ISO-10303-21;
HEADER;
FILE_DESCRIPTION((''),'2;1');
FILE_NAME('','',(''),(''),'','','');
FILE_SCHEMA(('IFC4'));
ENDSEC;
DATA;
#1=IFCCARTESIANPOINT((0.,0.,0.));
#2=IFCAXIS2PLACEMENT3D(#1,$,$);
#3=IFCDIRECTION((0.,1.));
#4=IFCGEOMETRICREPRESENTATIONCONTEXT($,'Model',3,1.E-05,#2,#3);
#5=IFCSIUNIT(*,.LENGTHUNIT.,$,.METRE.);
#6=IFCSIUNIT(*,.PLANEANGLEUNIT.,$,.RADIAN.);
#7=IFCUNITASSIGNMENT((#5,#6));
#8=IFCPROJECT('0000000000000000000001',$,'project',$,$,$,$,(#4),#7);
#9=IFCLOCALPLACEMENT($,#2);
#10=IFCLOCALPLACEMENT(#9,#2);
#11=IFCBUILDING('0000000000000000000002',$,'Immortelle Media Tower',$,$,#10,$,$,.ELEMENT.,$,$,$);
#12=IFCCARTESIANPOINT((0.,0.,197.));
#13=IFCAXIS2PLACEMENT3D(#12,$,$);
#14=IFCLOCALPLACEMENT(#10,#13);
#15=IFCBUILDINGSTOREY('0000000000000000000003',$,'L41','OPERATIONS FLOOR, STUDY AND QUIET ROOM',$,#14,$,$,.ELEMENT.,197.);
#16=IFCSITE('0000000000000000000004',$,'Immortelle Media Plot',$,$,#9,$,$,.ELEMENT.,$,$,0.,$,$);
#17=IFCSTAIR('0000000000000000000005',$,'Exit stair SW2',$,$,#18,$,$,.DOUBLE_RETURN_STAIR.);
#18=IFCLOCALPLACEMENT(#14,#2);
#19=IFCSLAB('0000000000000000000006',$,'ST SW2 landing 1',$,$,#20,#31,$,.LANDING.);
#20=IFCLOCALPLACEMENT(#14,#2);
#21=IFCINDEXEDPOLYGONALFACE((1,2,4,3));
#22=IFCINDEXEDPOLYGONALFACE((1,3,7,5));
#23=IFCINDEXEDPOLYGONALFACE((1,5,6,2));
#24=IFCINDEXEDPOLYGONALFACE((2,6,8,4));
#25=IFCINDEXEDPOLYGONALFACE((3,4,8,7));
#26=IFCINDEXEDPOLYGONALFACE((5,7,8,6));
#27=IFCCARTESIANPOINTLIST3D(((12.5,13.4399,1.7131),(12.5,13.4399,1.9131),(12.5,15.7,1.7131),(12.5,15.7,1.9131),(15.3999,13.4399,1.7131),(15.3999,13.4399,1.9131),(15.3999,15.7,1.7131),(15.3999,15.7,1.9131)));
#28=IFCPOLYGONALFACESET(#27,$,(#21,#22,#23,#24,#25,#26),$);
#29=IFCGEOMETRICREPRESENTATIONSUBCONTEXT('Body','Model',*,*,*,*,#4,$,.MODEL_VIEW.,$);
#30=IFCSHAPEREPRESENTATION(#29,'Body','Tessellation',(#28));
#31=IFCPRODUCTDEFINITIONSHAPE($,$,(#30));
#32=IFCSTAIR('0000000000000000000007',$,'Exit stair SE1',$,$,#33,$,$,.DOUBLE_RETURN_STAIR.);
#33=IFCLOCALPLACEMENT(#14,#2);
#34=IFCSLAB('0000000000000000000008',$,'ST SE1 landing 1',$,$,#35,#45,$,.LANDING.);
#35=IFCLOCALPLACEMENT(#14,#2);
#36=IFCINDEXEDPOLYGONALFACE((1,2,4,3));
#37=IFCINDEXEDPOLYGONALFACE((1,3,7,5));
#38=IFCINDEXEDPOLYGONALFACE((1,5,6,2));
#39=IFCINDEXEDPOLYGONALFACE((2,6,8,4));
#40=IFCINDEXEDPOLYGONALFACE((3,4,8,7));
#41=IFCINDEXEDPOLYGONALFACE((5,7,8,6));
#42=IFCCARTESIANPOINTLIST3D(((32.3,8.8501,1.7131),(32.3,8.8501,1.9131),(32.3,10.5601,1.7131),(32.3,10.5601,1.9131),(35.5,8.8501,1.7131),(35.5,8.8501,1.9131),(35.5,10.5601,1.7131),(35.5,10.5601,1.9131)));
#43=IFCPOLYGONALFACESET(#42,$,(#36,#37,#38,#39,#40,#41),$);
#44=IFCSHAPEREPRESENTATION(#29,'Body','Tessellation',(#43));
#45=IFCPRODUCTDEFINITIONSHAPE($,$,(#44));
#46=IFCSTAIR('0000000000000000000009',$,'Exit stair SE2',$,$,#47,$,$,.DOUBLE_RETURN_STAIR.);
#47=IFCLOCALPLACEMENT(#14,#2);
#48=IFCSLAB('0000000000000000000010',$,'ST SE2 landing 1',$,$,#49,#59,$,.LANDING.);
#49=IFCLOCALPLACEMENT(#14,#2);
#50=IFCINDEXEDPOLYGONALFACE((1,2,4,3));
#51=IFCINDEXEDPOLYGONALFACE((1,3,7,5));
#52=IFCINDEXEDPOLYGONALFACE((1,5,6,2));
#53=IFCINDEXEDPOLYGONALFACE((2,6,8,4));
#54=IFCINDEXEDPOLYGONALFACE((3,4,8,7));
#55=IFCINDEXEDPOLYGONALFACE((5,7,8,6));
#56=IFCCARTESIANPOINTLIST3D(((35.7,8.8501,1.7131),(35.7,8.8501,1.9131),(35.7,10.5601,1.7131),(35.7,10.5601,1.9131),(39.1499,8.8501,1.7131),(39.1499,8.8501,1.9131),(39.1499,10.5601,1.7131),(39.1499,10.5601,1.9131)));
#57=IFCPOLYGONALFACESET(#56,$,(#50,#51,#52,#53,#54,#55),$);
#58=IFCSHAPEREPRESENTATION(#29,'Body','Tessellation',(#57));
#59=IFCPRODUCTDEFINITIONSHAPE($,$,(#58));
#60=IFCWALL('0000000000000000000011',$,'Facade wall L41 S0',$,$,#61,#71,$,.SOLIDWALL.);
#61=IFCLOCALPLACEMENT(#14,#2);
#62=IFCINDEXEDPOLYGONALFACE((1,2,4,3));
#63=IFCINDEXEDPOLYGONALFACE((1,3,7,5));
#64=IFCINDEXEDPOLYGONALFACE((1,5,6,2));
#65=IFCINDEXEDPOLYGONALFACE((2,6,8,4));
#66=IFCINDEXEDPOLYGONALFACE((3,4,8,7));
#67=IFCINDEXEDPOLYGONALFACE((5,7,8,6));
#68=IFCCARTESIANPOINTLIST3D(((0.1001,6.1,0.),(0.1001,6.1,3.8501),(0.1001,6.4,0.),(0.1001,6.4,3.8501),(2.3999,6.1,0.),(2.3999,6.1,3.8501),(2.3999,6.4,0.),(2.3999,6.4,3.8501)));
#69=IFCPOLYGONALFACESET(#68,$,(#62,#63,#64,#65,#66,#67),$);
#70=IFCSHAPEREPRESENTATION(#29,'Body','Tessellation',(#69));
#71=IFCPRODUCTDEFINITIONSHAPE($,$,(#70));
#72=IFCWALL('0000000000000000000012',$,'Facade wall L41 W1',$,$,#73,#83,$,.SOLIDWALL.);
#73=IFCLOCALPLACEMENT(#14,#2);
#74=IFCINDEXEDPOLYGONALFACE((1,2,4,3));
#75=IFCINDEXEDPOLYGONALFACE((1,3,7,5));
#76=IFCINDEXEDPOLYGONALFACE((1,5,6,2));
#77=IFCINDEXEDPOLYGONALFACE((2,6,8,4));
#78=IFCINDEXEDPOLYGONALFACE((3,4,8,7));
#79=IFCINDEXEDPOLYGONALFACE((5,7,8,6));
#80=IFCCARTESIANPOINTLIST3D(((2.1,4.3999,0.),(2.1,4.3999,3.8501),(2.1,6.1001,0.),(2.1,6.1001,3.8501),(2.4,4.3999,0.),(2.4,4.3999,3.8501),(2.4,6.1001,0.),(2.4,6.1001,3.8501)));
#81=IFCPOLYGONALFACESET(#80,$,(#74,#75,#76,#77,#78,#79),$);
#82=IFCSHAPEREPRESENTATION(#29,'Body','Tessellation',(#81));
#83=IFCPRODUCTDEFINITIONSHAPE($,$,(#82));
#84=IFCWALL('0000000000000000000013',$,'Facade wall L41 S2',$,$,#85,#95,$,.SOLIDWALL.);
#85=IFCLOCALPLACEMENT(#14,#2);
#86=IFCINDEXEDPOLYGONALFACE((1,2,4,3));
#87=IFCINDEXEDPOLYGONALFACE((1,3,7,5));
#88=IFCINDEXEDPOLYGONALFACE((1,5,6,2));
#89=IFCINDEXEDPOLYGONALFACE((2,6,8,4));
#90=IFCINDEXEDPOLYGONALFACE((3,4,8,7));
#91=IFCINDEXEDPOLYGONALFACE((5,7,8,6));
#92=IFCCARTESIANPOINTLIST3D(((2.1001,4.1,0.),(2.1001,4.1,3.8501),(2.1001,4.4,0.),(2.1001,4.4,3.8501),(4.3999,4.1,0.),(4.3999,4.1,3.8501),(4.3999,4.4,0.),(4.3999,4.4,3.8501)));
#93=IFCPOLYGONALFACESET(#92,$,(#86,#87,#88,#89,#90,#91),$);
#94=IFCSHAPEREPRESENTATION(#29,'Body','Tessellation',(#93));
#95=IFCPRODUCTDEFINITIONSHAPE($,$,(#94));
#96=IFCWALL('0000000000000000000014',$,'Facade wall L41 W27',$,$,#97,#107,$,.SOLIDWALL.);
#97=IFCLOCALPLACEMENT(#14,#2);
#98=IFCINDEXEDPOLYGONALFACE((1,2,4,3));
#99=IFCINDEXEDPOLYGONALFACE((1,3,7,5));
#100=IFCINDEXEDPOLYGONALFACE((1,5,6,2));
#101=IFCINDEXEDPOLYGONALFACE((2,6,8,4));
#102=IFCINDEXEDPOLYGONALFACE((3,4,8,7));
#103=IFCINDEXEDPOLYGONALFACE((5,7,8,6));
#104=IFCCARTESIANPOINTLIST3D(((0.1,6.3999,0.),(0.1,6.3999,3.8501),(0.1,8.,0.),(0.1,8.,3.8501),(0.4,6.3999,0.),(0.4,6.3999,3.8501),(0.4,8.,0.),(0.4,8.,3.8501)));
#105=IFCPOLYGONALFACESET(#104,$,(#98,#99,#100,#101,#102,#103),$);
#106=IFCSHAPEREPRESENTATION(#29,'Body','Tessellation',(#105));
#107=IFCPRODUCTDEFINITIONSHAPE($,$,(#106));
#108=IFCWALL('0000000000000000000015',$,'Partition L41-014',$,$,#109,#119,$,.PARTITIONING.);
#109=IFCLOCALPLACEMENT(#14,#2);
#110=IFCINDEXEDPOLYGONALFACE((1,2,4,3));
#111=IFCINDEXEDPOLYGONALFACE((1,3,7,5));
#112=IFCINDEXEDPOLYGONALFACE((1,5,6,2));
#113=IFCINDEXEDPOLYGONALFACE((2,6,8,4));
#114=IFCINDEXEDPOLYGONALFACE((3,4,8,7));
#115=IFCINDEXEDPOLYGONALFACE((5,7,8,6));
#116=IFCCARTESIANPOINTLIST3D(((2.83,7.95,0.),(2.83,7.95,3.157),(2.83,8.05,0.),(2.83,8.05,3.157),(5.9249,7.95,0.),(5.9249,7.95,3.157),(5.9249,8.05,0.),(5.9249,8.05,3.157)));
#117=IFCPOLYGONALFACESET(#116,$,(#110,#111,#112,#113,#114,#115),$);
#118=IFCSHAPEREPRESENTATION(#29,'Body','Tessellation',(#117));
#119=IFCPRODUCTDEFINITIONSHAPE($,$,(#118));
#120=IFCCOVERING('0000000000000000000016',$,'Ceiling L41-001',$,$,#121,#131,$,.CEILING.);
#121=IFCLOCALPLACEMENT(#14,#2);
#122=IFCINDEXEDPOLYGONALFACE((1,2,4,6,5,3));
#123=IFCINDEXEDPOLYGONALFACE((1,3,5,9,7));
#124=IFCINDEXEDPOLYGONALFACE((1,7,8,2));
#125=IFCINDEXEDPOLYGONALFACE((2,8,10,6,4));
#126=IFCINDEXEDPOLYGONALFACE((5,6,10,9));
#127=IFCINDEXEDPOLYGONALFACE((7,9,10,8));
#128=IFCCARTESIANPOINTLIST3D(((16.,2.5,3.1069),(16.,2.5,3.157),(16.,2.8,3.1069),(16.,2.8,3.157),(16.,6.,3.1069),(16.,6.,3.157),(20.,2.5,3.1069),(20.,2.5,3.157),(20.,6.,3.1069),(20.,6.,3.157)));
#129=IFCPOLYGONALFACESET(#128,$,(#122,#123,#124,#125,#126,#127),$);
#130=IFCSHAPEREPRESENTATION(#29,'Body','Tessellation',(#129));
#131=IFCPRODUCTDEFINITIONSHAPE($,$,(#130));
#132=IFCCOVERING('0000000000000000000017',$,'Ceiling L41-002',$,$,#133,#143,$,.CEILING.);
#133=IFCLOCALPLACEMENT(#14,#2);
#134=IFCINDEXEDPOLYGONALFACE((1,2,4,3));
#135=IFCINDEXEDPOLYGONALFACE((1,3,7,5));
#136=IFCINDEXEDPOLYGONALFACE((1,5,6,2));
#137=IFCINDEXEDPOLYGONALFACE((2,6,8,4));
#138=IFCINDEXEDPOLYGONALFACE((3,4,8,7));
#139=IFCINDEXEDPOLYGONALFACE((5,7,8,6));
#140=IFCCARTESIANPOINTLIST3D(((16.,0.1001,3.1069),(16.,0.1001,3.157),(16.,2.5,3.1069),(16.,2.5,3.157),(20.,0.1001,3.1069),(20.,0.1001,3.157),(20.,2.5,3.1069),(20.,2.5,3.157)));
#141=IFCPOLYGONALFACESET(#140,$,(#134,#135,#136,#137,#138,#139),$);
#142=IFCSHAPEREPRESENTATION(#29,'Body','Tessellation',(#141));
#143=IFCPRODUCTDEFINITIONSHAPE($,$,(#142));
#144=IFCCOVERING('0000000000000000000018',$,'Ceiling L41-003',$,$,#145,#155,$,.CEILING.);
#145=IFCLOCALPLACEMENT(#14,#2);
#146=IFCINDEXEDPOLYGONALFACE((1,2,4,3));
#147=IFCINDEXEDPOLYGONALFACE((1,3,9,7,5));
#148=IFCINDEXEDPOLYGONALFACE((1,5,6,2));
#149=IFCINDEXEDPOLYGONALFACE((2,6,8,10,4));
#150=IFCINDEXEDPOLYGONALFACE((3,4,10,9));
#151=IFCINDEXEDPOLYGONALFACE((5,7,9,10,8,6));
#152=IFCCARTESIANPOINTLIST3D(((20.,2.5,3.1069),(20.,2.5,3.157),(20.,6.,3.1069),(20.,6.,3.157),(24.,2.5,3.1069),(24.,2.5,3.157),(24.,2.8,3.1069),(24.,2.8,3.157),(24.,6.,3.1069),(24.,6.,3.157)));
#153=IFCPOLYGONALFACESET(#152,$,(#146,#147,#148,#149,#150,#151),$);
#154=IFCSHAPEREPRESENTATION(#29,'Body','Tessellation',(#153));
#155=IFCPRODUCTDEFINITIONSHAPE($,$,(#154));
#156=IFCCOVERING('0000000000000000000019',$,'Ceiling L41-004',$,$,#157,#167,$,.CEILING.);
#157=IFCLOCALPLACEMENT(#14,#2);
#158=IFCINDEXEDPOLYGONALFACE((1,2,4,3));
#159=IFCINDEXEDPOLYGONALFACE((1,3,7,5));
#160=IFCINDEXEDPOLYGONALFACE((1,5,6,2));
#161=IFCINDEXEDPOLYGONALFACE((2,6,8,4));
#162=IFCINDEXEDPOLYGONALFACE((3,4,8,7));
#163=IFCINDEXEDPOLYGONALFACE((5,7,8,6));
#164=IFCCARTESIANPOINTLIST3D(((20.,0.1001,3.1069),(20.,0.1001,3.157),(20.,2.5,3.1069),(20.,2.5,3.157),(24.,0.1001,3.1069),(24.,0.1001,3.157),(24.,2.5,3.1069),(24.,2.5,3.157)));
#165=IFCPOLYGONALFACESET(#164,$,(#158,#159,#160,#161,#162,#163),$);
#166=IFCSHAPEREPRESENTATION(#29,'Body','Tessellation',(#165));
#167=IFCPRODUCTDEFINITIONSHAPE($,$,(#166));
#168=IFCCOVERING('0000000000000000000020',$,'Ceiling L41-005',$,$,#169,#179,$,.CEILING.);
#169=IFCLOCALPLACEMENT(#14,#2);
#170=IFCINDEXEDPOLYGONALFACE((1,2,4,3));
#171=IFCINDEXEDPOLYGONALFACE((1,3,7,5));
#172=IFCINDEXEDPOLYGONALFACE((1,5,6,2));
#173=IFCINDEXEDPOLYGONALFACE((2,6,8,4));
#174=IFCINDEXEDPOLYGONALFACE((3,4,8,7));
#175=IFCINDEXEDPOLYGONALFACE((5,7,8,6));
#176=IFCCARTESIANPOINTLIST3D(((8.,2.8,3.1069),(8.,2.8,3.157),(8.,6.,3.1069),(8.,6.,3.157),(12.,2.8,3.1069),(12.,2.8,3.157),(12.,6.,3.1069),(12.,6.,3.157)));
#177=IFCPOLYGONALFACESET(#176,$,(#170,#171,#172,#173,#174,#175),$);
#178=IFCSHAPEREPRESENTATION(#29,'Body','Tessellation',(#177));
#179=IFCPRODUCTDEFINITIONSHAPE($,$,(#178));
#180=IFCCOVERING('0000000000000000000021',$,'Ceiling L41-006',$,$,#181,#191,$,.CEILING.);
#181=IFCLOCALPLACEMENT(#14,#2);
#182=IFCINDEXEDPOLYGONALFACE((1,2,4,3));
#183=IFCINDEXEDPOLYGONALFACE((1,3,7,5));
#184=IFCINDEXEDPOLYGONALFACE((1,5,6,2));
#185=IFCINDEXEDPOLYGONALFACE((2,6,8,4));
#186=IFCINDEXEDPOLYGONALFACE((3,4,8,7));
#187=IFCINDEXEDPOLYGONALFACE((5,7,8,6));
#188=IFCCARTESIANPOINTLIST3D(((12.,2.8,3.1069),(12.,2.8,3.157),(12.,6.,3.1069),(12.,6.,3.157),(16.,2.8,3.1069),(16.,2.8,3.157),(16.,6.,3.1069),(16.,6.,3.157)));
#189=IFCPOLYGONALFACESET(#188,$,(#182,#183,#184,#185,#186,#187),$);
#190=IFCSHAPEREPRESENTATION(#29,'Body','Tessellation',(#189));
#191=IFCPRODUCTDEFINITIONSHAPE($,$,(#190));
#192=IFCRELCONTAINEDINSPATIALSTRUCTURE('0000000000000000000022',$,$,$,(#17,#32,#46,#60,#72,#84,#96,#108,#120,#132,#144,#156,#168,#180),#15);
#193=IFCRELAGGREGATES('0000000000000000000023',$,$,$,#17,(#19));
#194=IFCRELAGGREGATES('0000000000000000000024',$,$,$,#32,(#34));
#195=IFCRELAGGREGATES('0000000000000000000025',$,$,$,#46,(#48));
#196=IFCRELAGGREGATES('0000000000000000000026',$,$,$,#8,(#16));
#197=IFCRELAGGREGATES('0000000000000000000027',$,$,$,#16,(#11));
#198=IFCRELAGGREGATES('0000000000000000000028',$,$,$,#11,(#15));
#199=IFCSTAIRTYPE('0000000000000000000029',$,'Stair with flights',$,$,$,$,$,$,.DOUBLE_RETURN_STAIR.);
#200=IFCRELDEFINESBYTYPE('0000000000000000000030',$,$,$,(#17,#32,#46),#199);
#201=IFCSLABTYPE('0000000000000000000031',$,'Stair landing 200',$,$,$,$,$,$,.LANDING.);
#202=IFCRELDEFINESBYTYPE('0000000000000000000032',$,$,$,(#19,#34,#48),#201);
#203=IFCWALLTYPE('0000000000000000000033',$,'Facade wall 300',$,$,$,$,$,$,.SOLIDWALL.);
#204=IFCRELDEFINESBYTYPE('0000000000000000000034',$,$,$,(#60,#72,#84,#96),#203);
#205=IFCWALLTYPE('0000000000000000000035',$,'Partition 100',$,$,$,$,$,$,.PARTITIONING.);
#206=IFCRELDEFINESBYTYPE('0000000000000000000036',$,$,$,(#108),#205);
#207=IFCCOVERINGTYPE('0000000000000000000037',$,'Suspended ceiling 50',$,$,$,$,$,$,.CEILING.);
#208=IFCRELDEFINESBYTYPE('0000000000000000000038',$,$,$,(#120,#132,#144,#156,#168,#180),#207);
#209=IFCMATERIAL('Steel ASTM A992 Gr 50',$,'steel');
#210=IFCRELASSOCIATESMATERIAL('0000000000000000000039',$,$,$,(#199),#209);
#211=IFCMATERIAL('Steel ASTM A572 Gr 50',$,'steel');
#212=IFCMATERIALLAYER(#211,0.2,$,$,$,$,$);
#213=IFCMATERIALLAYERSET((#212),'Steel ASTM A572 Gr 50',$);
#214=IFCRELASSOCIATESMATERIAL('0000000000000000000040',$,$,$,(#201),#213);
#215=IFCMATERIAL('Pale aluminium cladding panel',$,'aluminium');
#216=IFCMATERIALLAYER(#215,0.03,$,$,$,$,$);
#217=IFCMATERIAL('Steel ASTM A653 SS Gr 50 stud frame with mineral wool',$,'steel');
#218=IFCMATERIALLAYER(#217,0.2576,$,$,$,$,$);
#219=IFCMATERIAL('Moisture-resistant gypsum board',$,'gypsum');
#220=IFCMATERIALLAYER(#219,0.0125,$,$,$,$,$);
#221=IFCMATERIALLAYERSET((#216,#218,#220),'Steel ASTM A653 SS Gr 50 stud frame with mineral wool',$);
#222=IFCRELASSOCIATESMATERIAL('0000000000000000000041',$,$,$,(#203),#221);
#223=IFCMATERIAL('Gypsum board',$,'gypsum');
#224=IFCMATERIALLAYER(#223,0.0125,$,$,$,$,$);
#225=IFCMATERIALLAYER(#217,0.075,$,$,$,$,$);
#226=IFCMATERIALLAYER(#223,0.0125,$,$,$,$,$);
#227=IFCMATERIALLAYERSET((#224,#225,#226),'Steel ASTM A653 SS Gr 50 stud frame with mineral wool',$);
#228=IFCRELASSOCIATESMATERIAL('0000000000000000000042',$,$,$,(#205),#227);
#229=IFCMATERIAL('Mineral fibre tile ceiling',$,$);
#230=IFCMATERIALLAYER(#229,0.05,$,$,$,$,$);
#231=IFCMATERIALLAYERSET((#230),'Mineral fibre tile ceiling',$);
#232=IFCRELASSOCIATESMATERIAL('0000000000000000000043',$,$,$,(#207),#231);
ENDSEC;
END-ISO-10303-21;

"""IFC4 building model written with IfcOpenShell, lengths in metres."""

from ifc_helpers import new_model, si_unit, direction, frame, frame_2d, origin, place, context, subcontext, project, spatial, polyline, rectangle, outline, extrude, material, layer, layer_set, type_object, element, aggregate, save


model = new_model("IFC4")

# Units and contexts
model_context = context("Model", 3, precision=1e-05, world=origin(), true_north=direction((0.0, 1.0)))
body_context = subcontext(model_context, "Body", "Model", "MODEL_VIEW")
ifc_project = project(units=[si_unit("LENGTHUNIT", "METRE"), si_unit("PLANEANGLEUNIT", "RADIAN")], contexts=[model_context])

# Site, building, storey
site_placement = place(None, origin())
site = spatial("IfcSite", under=ifc_project, at=site_placement, Name="Immortelle Media Plot", CompositionType="ELEMENT", RefElevation=0.0)
building_placement = place(site_placement, origin())
building = spatial("IfcBuilding", under=site, at=building_placement, Name="Immortelle Media Tower", CompositionType="ELEMENT")
storey_placement = place(building_placement, frame((0.0, 0.0, 197.0)))
storey = spatial("IfcBuildingStorey", under=building, at=storey_placement, Name="L41", Description="OPERATIONS FLOOR, STUDY AND QUIET ROOM", CompositionType="ELEMENT", Elevation=197.0)

# Shared definitions
ifc_material_1 = material(Name="Steel ASTM A992 Gr 50", Category="steel")

# Stairs, slabs
stair_type = type_object("IfcStairType", Name="Stair with flights", PredefinedType="DOUBLE_RETURN_STAIR", material=ifc_material_1)
ifc_material_2 = material(Name="Steel ASTM A572 Gr 50", Category="steel")
ifc_layer_1 = layer(ifc_material_2, 0.2)
ifc_layer_set_1 = layer_set([ifc_layer_1], Name="Steel ASTM A572 Gr 50")
slab_type_1 = type_object("IfcSlabType", Name="Stair landing 200", PredefinedType="LANDING", material=ifc_layer_set_1)
stair_1_placement = place(storey_placement, origin())
stair_1 = element("IfcStair", 1, at=stair_1_placement, inside=storey, type_object=stair_type, Name="Exit stair SW2", PredefinedType="DOUBLE_RETURN_STAIR")
slab_1_placement = place(storey_placement, frame((0.0, 0.0, 1.7131)))
slab_1 = element("IfcSlab", 2, at=slab_1_placement, type_object=slab_type_1, Name="ST SW2 landing 1", PredefinedType="LANDING", context=body_context, shape_type="SweptSolid", body=[
    extrude(outline(polyline([(12.5, 13.4399), (15.3999, 13.4399), (15.3999, 15.7), (12.5, 15.7), (12.5, 13.4399)])), origin(), (0.0, 0.0, 1.0), 0.2),
])
aggregate(stair_1, [slab_1])
stair_2_placement = place(storey_placement, origin())
stair_2 = element("IfcStair", 3, at=stair_2_placement, inside=storey, type_object=stair_type, Name="Exit stair SE1", PredefinedType="DOUBLE_RETURN_STAIR")
slab_2_placement = place(storey_placement, frame((0.0, 0.0, 1.7131)))
slab_2 = element("IfcSlab", 4, at=slab_2_placement, type_object=slab_type_1, Name="ST SE1 landing 1", PredefinedType="LANDING", context=body_context, shape_type="SweptSolid", body=[
    extrude(outline(polyline([(32.3, 8.8501), (35.5, 8.8501), (35.5, 10.5601), (32.3, 10.5601), (32.3, 8.8501)])), origin(), (0.0, 0.0, 1.0), 0.2),
])
aggregate(stair_2, [slab_2])
stair_3_placement = place(storey_placement, origin())
stair_3 = element("IfcStair", 5, at=stair_3_placement, inside=storey, type_object=stair_type, Name="Exit stair SE2", PredefinedType="DOUBLE_RETURN_STAIR")
slab_3_placement = place(storey_placement, frame((0.0, 0.0, 1.7131)))
slab_3 = element("IfcSlab", 6, at=slab_3_placement, type_object=slab_type_1, Name="ST SE2 landing 1", PredefinedType="LANDING", context=body_context, shape_type="SweptSolid", body=[
    extrude(outline(polyline([(35.7, 8.8501), (39.1499, 8.8501), (39.1499, 10.5601), (35.7, 10.5601), (35.7, 8.8501)])), origin(), (0.0, 0.0, 1.0), 0.2),
])
aggregate(stair_3, [slab_3])

# Walls
ifc_material_3 = material(Name="Pale aluminium cladding panel", Category="aluminium")
ifc_layer_2 = layer(ifc_material_3, 0.03)
ifc_material_4 = material(Name="Steel ASTM A653 SS Gr 50 stud frame with mineral wool", Category="steel")
ifc_layer_3 = layer(ifc_material_4, 0.2576)
ifc_material_5 = material(Name="Moisture-resistant gypsum board", Category="gypsum")
ifc_layer_4 = layer(ifc_material_5, 0.0125)
ifc_layer_set_2 = layer_set([ifc_layer_2, ifc_layer_3, ifc_layer_4], Name="Steel ASTM A653 SS Gr 50 stud frame with mineral wool")
wall_type_1 = type_object("IfcWallType", Name="Facade wall 300", PredefinedType="SOLIDWALL", material=ifc_layer_set_2)
wall_1_placement = place(storey_placement, frame((0.1001, 6.25, 0.0), z_axis=(0.0, 0.0, 1.0), x_axis=(1.0, 0.0, 0.0)))
element("IfcWall", 7, at=wall_1_placement, inside=storey, type_object=wall_type_1, Name="Facade wall L41 S0", PredefinedType="SOLIDWALL", context=body_context, shape_type="SweptSolid", body=[
    extrude(rectangle(XDim=2.2998, YDim=0.3, at=frame_2d((1.1499, 0.0))), origin(), (0.0, 0.0, 1.0), 3.8501),
])
wall_2_placement = place(storey_placement, frame((2.25, 6.1001, 0.0), z_axis=(0.0, 0.0, 1.0), x_axis=(0.0, -1.0, 0.0)))
element("IfcWall", 8, at=wall_2_placement, inside=storey, type_object=wall_type_1, Name="Facade wall L41 W1", PredefinedType="SOLIDWALL", context=body_context, shape_type="SweptSolid", body=[
    extrude(rectangle(XDim=1.7002, YDim=0.3, at=frame_2d((0.8501, 0.0))), origin(), (0.0, 0.0, 1.0), 3.8501),
])
wall_3_placement = place(storey_placement, frame((2.1001, 4.25, 0.0), z_axis=(0.0, 0.0, 1.0), x_axis=(1.0, 0.0, 0.0)))
element("IfcWall", 9, at=wall_3_placement, inside=storey, type_object=wall_type_1, Name="Facade wall L41 S2", PredefinedType="SOLIDWALL", context=body_context, shape_type="SweptSolid", body=[
    extrude(rectangle(XDim=2.2998, YDim=0.3, at=frame_2d((1.1499, 0.0))), origin(), (0.0, 0.0, 1.0), 3.8501),
])
wall_4_placement = place(storey_placement, frame((0.25, 8.0, 0.0), z_axis=(0.0, 0.0, 1.0), x_axis=(0.0, -1.0, 0.0)))
element("IfcWall", 10, at=wall_4_placement, inside=storey, type_object=wall_type_1, Name="Facade wall L41 W27", PredefinedType="SOLIDWALL", context=body_context, shape_type="SweptSolid", body=[
    extrude(rectangle(XDim=1.6001, YDim=0.3, at=frame_2d((0.8, 0.0))), origin(), (0.0, 0.0, 1.0), 3.8501),
])
ifc_material_6 = material(Name="Gypsum board", Category="gypsum")
ifc_layer_5 = layer(ifc_material_6, 0.0125)
ifc_layer_6 = layer(ifc_material_4, 0.075)
ifc_layer_7 = layer(ifc_material_6, 0.0125)
ifc_layer_set_3 = layer_set([ifc_layer_5, ifc_layer_6, ifc_layer_7], Name="Steel ASTM A653 SS Gr 50 stud frame with mineral wool")
wall_type_2 = type_object("IfcWallType", Name="Partition 100", PredefinedType="PARTITIONING", material=ifc_layer_set_3)
wall_5_placement = place(storey_placement, frame((2.8301, 8.0, 0.0), z_axis=(0.0, 0.0, 1.0), x_axis=(1.0, 0.0, 0.0)))
element("IfcWall", 11, at=wall_5_placement, inside=storey, type_object=wall_type_2, Name="Partition L41-014", PredefinedType="PARTITIONING", context=body_context, shape_type="SweptSolid", body=[
    extrude(rectangle(XDim=3.095, YDim=0.1001, at=frame_2d((1.5474, 0.0))), origin(), (0.0, 0.0, 1.0), 3.157),
])

# Coverings
ifc_material_7 = material(Name="Mineral fibre tile ceiling")
ifc_layer_8 = layer(ifc_material_7, 0.05)
ifc_layer_set_4 = layer_set([ifc_layer_8], Name="Mineral fibre tile ceiling")
covering_type = type_object("IfcCoveringType", Name="Suspended ceiling 50", PredefinedType="CEILING", material=ifc_layer_set_4)
covering_1_placement = place(storey_placement, frame((0.0, 0.0, 3.1069)))
element("IfcCovering", 12, at=covering_1_placement, inside=storey, type_object=covering_type, Name="Ceiling L41-001", PredefinedType="CEILING", context=body_context, shape_type="SweptSolid", body=[
    extrude(outline(polyline([(16.0, 6.0), (20.0, 6.0), (20.0, 2.5), (16.0, 2.5), (16.0, 2.8), (16.0, 6.0)])), origin(), (0.0, 0.0, 1.0), 0.05),
])
covering_2_placement = place(storey_placement, frame((0.0, 0.0, 3.1069)))
element("IfcCovering", 13, at=covering_2_placement, inside=storey, type_object=covering_type, Name="Ceiling L41-002", PredefinedType="CEILING", context=body_context, shape_type="SweptSolid", body=[
    extrude(outline(polyline([(20.0, 0.1001), (16.0, 0.1001), (16.0, 2.5), (20.0, 2.5), (20.0, 0.1001)])), origin(), (0.0, 0.0, 1.0), 0.05),
])
covering_3_placement = place(storey_placement, frame((0.0, 0.0, 3.1069)))
element("IfcCovering", 14, at=covering_3_placement, inside=storey, type_object=covering_type, Name="Ceiling L41-003", PredefinedType="CEILING", context=body_context, shape_type="SweptSolid", body=[
    extrude(outline(polyline([(24.0, 2.8), (24.0, 2.5), (20.0, 2.5), (20.0, 6.0), (24.0, 6.0), (24.0, 2.8)])), origin(), (0.0, 0.0, 1.0), 0.05),
])
covering_4_placement = place(storey_placement, frame((0.0, 0.0, 3.1069)))
element("IfcCovering", 15, at=covering_4_placement, inside=storey, type_object=covering_type, Name="Ceiling L41-004", PredefinedType="CEILING", context=body_context, shape_type="SweptSolid", body=[
    extrude(outline(polyline([(24.0, 0.1001), (20.0, 0.1001), (20.0, 2.5), (24.0, 2.5), (24.0, 0.1001)])), origin(), (0.0, 0.0, 1.0), 0.05),
])
covering_5_placement = place(storey_placement, frame((0.0, 0.0, 3.1069)))
element("IfcCovering", 16, at=covering_5_placement, inside=storey, type_object=covering_type, Name="Ceiling L41-005", PredefinedType="CEILING", context=body_context, shape_type="SweptSolid", body=[
    extrude(outline(polyline([(8.0, 6.0), (12.0, 6.0), (12.0, 2.8), (8.0, 2.8), (8.0, 6.0)])), origin(), (0.0, 0.0, 1.0), 0.05),
])
covering_6_placement = place(storey_placement, frame((0.0, 0.0, 3.1069)))
element("IfcCovering", 17, at=covering_6_placement, inside=storey, type_object=covering_type, Name="Ceiling L41-006", PredefinedType="CEILING", context=body_context, shape_type="SweptSolid", body=[
    extrude(outline(polyline([(16.0, 6.0), (16.0, 2.8), (12.0, 2.8), (12.0, 6.0), (16.0, 6.0)])), origin(), (0.0, 0.0, 1.0), 0.05),
])

save(model, "model.ifc")
